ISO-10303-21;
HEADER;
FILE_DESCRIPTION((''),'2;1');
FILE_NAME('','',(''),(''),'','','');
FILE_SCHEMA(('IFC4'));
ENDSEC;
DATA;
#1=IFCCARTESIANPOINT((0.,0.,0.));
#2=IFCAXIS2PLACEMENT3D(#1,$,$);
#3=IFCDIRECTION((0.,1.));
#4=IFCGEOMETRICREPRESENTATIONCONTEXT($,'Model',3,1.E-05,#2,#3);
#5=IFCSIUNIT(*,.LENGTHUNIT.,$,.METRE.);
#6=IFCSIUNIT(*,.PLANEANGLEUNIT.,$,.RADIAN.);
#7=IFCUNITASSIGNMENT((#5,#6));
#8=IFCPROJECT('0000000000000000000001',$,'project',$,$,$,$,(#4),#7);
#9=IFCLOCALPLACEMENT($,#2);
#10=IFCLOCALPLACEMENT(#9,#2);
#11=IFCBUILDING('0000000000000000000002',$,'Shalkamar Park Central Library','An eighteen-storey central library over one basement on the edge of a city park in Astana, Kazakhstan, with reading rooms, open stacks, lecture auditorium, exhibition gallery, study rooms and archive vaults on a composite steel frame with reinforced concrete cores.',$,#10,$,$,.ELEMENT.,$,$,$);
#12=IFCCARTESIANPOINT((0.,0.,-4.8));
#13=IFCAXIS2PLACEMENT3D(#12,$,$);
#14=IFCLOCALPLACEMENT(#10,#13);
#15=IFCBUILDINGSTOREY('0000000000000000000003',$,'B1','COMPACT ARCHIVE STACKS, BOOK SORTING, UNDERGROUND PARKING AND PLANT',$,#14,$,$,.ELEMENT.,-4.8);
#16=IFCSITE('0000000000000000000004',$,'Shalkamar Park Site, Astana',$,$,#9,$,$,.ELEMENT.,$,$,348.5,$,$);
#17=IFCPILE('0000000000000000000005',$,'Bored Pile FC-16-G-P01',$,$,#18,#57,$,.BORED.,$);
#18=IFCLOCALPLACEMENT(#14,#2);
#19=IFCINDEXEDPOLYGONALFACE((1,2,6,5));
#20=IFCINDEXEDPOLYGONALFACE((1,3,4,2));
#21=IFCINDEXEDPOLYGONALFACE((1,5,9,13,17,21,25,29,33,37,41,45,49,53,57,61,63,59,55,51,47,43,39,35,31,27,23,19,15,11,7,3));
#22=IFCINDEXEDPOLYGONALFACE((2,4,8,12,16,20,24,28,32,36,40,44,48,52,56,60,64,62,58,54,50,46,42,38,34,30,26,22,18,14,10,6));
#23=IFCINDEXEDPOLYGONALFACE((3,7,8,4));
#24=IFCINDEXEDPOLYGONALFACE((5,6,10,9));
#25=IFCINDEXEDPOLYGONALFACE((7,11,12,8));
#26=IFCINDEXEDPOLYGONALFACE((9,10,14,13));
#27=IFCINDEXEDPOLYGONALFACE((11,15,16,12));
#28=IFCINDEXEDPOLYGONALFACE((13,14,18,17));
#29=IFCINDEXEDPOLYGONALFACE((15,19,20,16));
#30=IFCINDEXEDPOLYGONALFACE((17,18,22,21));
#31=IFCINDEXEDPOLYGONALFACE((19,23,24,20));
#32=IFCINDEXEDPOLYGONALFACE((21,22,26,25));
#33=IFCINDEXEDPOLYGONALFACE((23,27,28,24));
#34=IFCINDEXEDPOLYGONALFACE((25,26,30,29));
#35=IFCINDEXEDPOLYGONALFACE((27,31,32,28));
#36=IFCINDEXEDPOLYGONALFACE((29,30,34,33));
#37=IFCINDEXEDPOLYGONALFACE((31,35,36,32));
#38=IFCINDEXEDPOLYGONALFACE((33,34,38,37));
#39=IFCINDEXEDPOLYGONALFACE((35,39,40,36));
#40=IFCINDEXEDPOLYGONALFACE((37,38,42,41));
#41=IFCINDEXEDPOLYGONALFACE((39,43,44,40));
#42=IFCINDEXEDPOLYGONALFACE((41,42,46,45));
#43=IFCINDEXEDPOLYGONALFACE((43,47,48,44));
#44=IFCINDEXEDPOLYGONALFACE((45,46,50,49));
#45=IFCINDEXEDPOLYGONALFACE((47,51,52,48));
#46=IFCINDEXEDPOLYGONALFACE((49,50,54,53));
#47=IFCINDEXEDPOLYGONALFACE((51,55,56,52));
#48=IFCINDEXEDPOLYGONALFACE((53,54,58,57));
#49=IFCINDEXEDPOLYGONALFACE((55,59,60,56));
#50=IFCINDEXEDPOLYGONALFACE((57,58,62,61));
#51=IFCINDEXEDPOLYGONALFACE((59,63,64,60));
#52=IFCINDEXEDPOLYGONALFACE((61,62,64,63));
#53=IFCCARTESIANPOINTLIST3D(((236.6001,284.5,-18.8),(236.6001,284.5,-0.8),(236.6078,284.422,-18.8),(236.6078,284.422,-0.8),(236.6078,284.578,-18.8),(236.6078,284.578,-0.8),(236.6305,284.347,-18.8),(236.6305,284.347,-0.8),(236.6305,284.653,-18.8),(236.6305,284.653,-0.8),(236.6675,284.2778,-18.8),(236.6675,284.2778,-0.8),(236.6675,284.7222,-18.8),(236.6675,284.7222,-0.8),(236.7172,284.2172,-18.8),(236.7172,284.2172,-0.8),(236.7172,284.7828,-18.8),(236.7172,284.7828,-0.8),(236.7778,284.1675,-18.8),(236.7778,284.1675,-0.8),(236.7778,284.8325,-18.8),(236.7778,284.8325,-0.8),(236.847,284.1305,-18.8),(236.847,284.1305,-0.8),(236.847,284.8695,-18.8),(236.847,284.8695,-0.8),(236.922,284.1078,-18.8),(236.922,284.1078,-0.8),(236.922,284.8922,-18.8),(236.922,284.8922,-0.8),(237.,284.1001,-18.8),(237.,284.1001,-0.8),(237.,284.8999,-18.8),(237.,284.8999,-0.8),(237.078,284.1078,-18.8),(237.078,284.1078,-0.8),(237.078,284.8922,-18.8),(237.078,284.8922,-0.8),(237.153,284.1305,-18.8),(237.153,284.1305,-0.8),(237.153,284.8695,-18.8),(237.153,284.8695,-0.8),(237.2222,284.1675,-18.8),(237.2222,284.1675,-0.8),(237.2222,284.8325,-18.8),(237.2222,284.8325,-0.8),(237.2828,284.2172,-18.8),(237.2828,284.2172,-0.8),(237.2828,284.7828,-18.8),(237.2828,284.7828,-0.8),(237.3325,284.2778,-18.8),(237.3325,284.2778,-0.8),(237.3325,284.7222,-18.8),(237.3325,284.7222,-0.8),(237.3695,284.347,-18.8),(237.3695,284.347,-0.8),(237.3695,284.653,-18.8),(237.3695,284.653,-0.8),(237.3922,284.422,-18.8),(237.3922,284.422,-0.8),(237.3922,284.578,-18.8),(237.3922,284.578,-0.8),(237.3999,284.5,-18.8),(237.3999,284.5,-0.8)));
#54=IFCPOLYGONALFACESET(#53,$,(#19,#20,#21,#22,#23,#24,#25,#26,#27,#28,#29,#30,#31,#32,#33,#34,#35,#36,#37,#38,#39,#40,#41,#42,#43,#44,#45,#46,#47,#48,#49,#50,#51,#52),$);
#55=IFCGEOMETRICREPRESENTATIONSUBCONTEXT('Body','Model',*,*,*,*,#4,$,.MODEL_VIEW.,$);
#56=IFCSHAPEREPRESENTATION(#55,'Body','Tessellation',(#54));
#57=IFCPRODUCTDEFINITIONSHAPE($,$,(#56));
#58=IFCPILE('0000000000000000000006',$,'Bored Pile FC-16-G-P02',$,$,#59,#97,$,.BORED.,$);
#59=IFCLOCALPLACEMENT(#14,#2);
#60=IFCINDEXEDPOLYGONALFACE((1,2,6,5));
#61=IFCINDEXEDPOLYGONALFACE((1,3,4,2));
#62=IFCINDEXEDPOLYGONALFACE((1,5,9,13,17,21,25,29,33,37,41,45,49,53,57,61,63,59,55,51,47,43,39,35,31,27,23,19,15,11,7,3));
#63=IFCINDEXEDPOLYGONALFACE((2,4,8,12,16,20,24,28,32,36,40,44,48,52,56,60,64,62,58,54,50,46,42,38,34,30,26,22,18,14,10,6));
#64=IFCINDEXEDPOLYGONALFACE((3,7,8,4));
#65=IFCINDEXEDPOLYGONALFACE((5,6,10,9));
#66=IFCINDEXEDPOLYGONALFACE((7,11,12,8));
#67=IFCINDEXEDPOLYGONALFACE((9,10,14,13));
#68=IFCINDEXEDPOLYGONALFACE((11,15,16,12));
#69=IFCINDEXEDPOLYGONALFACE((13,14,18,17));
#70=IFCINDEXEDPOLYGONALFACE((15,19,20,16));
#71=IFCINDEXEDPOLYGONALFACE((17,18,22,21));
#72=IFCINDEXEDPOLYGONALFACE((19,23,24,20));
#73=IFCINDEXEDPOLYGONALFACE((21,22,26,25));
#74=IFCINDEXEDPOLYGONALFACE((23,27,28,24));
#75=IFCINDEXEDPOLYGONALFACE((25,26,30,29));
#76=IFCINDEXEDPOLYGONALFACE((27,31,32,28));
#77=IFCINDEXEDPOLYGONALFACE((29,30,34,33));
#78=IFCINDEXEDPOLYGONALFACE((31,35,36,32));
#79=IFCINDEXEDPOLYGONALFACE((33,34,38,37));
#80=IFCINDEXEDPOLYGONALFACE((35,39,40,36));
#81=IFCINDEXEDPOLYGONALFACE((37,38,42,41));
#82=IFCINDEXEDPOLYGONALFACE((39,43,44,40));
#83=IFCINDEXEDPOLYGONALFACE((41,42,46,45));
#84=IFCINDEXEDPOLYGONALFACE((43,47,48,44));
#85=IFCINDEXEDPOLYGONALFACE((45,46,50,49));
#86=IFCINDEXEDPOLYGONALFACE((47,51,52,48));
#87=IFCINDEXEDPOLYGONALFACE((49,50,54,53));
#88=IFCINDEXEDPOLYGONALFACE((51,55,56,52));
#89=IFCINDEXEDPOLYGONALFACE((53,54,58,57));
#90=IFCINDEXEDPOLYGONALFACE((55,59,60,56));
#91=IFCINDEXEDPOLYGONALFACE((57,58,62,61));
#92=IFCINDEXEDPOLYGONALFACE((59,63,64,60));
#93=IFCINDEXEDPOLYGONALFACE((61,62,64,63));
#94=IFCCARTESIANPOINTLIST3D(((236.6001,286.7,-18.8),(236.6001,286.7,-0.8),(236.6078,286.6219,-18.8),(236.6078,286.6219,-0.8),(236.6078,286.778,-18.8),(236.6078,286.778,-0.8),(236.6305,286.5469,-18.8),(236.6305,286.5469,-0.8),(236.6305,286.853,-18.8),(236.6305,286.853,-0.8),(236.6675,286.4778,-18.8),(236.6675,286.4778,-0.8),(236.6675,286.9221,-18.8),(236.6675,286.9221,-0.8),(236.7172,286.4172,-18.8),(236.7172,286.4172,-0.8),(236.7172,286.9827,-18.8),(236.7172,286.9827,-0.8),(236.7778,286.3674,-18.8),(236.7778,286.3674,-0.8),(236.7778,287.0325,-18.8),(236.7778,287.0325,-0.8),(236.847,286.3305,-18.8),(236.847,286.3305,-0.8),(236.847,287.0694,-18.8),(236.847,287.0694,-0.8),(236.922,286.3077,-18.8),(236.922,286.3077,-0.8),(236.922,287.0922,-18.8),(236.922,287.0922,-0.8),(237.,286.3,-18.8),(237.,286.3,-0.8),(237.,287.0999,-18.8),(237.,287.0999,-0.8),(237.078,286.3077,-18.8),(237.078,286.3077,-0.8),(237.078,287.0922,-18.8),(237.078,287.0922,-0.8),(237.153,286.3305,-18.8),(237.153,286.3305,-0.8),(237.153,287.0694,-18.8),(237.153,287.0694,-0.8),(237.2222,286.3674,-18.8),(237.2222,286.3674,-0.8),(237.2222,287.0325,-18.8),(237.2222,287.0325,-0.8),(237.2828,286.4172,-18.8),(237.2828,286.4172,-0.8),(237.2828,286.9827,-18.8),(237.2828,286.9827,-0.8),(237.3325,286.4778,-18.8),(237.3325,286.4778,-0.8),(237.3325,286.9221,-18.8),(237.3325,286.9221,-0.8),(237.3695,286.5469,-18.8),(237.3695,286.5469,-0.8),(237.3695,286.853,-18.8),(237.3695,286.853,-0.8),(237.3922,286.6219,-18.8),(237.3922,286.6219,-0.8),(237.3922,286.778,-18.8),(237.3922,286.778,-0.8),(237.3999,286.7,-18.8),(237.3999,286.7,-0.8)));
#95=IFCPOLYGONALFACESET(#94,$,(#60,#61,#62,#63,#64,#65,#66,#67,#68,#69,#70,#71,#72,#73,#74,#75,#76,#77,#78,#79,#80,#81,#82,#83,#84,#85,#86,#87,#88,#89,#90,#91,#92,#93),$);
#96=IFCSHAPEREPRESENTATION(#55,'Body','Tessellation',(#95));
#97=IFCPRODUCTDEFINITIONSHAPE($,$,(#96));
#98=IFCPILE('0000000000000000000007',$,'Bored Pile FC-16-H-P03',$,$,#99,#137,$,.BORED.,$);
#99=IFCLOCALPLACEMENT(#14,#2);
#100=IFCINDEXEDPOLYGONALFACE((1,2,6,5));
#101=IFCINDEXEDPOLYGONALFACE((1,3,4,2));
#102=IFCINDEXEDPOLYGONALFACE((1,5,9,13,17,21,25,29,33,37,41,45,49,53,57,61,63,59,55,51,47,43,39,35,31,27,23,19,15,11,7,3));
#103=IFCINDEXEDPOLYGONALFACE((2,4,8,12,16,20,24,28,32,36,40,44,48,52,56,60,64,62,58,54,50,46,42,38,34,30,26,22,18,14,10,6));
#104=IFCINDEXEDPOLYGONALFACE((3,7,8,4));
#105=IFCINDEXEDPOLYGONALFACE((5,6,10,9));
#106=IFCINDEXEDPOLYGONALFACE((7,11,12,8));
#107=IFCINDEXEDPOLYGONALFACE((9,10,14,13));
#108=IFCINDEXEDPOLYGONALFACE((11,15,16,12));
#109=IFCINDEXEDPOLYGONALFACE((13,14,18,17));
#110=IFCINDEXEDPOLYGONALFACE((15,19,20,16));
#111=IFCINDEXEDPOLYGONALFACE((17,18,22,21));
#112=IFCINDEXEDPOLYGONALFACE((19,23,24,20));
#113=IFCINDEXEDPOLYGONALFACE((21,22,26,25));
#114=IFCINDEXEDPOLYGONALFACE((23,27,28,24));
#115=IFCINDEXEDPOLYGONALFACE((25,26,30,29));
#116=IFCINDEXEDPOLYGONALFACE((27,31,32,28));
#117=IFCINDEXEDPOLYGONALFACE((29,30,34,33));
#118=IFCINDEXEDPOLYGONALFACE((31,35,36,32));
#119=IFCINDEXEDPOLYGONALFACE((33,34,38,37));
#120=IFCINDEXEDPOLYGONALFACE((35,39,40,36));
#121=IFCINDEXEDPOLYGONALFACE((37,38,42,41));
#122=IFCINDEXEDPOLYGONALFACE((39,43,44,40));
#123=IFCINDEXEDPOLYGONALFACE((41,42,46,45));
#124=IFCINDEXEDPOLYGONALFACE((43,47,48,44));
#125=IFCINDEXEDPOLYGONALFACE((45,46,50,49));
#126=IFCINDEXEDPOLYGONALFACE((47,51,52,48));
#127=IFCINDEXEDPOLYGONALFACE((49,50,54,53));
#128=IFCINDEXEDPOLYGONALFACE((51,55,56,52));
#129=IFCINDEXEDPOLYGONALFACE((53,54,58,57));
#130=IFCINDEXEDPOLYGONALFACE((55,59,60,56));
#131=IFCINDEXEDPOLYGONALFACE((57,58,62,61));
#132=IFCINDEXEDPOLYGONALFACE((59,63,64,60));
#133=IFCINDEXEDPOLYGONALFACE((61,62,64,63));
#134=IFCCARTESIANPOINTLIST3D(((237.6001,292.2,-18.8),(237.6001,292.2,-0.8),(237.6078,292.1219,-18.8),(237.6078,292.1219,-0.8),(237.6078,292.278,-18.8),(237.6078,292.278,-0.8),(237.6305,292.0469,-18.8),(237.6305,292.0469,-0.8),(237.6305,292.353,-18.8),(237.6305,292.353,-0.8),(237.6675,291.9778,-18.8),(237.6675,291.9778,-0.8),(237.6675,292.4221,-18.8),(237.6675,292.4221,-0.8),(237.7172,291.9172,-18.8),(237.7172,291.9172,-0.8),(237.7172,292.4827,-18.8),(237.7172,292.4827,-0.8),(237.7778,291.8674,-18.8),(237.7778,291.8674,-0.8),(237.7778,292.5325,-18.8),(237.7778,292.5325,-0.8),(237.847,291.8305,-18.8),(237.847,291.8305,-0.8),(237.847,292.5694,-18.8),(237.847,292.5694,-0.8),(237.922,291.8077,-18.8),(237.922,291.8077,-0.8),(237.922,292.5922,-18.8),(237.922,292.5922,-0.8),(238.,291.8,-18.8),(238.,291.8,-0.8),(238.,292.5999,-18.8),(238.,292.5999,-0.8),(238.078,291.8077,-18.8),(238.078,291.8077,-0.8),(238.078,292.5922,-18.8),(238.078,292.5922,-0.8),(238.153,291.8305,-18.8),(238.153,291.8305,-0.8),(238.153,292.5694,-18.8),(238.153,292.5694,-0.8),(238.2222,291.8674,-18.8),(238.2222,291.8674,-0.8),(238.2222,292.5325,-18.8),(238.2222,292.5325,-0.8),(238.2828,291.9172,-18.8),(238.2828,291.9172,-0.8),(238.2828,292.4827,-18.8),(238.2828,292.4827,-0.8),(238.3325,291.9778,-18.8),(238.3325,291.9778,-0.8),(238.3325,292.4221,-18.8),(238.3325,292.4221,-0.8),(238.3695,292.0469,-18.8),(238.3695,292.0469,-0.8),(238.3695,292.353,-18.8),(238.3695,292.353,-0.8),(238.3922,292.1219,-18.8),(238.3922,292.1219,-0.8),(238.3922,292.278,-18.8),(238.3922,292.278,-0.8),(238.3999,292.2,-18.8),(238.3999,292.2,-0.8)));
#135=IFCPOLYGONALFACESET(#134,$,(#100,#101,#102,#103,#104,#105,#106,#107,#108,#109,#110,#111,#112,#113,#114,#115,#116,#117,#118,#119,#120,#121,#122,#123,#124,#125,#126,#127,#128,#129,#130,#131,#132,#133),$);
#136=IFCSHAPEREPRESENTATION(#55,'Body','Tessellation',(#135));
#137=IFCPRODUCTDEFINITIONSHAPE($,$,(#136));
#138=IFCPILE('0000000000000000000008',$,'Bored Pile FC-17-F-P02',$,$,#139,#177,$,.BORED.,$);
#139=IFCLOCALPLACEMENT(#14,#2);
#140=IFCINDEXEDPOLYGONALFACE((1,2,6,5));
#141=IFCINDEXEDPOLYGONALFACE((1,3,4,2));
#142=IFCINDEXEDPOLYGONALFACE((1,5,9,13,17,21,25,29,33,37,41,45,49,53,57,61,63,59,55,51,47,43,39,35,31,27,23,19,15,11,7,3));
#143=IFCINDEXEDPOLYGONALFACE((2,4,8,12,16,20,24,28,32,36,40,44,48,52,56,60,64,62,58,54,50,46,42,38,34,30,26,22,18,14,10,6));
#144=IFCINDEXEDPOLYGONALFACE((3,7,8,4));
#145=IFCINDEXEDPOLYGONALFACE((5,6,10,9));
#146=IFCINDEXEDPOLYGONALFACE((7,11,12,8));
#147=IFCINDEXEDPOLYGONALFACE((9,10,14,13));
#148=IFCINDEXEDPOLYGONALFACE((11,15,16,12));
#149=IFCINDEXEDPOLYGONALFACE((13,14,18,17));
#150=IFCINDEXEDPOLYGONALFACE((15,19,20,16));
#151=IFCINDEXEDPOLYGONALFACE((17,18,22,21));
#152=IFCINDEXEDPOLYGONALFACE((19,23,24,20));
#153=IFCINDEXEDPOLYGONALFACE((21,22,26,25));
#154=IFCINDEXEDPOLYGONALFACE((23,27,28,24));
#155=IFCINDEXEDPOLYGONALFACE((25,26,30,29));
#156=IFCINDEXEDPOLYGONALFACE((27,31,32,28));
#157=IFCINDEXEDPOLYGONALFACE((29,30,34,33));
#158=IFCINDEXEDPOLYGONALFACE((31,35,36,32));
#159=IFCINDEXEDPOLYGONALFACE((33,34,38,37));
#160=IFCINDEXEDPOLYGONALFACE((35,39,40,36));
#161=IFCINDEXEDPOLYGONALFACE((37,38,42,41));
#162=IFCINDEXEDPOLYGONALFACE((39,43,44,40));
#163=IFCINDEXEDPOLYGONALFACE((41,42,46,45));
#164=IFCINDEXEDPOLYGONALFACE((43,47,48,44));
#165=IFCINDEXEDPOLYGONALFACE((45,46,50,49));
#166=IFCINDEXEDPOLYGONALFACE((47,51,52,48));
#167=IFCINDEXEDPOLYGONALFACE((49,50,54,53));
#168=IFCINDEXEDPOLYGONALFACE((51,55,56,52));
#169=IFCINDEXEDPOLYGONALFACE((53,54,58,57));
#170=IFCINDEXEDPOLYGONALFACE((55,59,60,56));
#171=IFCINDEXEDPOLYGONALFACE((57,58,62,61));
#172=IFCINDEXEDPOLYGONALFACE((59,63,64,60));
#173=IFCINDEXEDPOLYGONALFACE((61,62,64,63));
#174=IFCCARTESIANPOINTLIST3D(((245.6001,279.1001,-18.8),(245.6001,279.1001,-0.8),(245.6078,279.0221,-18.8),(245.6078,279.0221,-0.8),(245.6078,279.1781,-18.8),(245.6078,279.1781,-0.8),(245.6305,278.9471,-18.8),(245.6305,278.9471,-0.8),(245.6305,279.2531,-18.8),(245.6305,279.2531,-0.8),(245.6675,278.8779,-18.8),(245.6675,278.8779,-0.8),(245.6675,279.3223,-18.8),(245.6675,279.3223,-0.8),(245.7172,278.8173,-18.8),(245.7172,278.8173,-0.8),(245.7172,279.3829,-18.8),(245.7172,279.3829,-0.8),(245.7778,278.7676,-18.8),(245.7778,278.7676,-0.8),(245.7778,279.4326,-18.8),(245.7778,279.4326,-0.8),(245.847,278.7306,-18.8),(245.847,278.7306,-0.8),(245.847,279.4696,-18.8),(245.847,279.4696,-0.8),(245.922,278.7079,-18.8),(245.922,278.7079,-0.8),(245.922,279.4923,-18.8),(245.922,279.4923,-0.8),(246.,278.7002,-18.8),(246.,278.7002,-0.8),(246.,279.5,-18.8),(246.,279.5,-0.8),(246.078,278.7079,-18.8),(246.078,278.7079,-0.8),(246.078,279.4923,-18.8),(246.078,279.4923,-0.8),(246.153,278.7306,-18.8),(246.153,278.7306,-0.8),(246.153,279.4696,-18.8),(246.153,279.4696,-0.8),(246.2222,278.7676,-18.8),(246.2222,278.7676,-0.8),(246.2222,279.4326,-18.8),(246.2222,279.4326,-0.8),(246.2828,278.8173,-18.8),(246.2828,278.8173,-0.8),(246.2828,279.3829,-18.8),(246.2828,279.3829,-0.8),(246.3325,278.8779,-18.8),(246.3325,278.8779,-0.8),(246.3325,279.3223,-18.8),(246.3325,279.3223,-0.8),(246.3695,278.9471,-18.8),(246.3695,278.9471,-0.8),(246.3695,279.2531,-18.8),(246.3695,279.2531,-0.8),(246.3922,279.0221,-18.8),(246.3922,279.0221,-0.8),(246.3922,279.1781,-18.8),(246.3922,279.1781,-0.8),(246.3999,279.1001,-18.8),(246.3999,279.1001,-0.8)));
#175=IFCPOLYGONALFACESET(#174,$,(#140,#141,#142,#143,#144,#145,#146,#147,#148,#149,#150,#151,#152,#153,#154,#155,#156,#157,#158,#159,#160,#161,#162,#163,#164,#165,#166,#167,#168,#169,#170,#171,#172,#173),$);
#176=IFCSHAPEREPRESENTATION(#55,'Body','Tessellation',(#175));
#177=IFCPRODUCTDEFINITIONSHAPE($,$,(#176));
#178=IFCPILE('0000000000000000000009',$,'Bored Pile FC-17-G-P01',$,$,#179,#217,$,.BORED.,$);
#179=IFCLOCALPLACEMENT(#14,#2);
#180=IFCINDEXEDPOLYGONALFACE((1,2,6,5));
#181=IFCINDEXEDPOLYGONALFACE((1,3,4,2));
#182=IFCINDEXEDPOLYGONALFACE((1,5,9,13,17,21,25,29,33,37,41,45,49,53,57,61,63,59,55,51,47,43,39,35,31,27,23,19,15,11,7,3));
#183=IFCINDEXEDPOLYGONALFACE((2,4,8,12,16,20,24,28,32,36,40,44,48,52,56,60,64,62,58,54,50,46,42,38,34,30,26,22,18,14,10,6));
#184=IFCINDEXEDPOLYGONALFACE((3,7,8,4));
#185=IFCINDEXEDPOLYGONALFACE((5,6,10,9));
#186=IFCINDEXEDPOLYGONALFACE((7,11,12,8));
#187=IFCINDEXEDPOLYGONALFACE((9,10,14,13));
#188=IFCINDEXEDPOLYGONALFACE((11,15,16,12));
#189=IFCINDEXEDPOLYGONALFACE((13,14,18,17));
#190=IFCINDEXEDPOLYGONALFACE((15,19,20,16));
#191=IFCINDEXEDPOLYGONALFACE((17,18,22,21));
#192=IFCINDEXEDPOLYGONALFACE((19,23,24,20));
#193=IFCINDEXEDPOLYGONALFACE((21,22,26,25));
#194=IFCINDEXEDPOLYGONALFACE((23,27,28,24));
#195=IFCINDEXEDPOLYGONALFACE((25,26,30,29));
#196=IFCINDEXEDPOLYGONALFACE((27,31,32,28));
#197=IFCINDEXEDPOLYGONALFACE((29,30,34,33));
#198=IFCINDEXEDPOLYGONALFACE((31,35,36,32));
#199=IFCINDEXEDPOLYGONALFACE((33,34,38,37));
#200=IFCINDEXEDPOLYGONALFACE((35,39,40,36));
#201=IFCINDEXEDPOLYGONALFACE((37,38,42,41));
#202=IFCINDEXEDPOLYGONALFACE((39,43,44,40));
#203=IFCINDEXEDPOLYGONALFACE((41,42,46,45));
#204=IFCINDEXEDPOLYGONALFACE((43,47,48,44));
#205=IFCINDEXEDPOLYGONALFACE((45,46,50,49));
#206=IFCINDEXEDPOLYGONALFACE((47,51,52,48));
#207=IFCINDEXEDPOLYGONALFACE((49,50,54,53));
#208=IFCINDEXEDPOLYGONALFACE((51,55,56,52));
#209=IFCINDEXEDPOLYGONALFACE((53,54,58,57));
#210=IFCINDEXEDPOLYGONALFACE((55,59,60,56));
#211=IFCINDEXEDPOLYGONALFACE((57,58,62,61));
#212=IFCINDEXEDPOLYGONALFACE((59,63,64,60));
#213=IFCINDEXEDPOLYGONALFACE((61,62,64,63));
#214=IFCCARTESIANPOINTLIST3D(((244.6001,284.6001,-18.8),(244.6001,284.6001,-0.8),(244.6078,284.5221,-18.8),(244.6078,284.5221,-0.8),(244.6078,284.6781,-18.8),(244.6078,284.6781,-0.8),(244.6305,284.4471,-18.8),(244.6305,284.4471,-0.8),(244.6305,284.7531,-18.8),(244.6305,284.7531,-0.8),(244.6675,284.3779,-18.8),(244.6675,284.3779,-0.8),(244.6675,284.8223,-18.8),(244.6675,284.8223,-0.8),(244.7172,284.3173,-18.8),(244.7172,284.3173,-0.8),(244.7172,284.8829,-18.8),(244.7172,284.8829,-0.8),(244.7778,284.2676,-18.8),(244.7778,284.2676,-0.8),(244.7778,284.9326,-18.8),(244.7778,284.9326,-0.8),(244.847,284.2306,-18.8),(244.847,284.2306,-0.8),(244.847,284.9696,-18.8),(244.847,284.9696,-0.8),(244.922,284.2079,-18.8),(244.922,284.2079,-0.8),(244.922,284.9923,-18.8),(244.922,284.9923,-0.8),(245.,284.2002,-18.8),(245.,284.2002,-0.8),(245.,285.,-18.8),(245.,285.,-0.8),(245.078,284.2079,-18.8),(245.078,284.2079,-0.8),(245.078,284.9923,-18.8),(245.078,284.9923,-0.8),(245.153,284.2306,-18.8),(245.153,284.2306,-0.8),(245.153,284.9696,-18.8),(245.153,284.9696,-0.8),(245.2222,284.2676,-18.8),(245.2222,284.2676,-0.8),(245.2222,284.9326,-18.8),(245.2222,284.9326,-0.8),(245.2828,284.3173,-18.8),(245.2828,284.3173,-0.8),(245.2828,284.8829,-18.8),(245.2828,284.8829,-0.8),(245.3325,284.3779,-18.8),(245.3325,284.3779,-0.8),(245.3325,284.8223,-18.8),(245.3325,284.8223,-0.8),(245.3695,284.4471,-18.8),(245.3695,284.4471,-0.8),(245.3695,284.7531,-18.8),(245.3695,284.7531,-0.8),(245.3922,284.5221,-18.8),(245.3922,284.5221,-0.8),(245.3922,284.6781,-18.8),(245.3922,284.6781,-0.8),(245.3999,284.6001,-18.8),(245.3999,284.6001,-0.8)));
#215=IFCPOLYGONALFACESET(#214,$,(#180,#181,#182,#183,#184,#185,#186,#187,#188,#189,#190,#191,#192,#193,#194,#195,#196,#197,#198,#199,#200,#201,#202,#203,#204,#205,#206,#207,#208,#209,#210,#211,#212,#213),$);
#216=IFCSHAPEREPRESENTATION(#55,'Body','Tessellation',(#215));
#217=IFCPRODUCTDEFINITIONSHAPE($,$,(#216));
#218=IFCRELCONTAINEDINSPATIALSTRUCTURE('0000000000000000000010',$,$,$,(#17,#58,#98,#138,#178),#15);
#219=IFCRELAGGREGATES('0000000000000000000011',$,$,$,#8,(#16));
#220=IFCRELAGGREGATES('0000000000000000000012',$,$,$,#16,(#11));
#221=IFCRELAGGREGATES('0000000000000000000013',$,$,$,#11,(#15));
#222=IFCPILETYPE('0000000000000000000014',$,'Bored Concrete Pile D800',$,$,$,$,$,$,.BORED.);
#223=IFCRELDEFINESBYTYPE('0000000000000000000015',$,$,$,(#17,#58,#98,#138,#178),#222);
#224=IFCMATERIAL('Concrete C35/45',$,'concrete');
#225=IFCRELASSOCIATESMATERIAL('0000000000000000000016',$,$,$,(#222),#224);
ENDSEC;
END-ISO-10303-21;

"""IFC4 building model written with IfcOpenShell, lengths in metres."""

from ifc_helpers import new_model, si_unit, direction, frame, origin, origin_2d, place, context, subcontext, project, spatial, circle, extrude, material, material_profile, profile_set, type_object, element, save


model = new_model("IFC4")

# Units and contexts
model_context = context("Model", 3, precision=1e-05, world=origin(), true_north=direction((0.0, 1.0)))
body_context = subcontext(model_context, "Body", "Model", "MODEL_VIEW")
ifc_project = project(units=[si_unit("LENGTHUNIT", "METRE"), si_unit("PLANEANGLEUNIT", "RADIAN")], contexts=[model_context])

# Site, building, storey
site_placement = place(None, origin())
site = spatial("IfcSite", under=ifc_project, at=site_placement, Name="Shalkamar Park Site, Astana", CompositionType="ELEMENT", RefElevation=348.5)
building_placement = place(site_placement, origin())
building = spatial("IfcBuilding", under=site, at=building_placement, Name="Shalkamar Park Central Library", Description="An eighteen-storey central library over one basement on the edge of a city park in Astana, Kazakhstan, with reading rooms, open stacks, lecture auditorium, exhibition gallery, study rooms and archive vaults on a composite steel frame with reinforced concrete cores.", CompositionType="ELEMENT")
storey_placement = place(building_placement, frame((0.0, 0.0, -4.8)))
storey = spatial("IfcBuildingStorey", under=building, at=storey_placement, Name="B1", Description="COMPACT ARCHIVE STACKS, BOOK SORTING, UNDERGROUND PARKING AND PLANT", CompositionType="ELEMENT", Elevation=-4.8)

# Piles
ifc_material_1 = material(Name="Concrete C35/45", Category="concrete")
ifc_material_profile_1 = material_profile(ifc_material_1, circle(Radius=0.3999, at=origin_2d()), Name="PILE D800")
ifc_profile_set_1 = profile_set([ifc_material_profile_1], Name="Concrete C35/45")
pile_type = type_object("IfcPileType", Name="Bored Concrete Pile D800", PredefinedType="BORED", material=ifc_profile_set_1)
for number, where, z_axis, x_axis, name in (
    (1, (237.0, 284.5, -0.8), (0.0, 0.0, -1.0), (1.0, 0.0, 0.0), "Bored Pile FC-16-G-P01"),
    (2, (237.0, 286.7, -0.8), (0.0, 0.0, -1.0), (1.0, 0.0, 0.0), "Bored Pile FC-16-G-P02"),
    (3, (238.0, 292.2, -0.8), (0.0, 0.0, -1.0), (1.0, 0.0, 0.0), "Bored Pile FC-16-H-P03"),
    (4, (246.0, 279.1001, -0.8), (0.0, 0.0, -1.0), (1.0, 0.0, 0.0), "Bored Pile FC-17-F-P02"),
    (5, (245.0, 284.6001, -0.8), (0.0, 0.0, -1.0), (1.0, 0.0, 0.0), "Bored Pile FC-17-G-P01"),
):
    element("IfcPile", number, at=place(storey_placement, frame(where, z_axis=z_axis, x_axis=x_axis)), inside=storey, type_object=pile_type, Name=name, PredefinedType="BORED", context=body_context, shape_type="SweptSolid", body=[
        extrude(circle(Radius=0.3999, at=origin_2d()), origin(), (0.0, 0.0, 1.0), 18.0),
    ])

save(model, "model.ifc")
